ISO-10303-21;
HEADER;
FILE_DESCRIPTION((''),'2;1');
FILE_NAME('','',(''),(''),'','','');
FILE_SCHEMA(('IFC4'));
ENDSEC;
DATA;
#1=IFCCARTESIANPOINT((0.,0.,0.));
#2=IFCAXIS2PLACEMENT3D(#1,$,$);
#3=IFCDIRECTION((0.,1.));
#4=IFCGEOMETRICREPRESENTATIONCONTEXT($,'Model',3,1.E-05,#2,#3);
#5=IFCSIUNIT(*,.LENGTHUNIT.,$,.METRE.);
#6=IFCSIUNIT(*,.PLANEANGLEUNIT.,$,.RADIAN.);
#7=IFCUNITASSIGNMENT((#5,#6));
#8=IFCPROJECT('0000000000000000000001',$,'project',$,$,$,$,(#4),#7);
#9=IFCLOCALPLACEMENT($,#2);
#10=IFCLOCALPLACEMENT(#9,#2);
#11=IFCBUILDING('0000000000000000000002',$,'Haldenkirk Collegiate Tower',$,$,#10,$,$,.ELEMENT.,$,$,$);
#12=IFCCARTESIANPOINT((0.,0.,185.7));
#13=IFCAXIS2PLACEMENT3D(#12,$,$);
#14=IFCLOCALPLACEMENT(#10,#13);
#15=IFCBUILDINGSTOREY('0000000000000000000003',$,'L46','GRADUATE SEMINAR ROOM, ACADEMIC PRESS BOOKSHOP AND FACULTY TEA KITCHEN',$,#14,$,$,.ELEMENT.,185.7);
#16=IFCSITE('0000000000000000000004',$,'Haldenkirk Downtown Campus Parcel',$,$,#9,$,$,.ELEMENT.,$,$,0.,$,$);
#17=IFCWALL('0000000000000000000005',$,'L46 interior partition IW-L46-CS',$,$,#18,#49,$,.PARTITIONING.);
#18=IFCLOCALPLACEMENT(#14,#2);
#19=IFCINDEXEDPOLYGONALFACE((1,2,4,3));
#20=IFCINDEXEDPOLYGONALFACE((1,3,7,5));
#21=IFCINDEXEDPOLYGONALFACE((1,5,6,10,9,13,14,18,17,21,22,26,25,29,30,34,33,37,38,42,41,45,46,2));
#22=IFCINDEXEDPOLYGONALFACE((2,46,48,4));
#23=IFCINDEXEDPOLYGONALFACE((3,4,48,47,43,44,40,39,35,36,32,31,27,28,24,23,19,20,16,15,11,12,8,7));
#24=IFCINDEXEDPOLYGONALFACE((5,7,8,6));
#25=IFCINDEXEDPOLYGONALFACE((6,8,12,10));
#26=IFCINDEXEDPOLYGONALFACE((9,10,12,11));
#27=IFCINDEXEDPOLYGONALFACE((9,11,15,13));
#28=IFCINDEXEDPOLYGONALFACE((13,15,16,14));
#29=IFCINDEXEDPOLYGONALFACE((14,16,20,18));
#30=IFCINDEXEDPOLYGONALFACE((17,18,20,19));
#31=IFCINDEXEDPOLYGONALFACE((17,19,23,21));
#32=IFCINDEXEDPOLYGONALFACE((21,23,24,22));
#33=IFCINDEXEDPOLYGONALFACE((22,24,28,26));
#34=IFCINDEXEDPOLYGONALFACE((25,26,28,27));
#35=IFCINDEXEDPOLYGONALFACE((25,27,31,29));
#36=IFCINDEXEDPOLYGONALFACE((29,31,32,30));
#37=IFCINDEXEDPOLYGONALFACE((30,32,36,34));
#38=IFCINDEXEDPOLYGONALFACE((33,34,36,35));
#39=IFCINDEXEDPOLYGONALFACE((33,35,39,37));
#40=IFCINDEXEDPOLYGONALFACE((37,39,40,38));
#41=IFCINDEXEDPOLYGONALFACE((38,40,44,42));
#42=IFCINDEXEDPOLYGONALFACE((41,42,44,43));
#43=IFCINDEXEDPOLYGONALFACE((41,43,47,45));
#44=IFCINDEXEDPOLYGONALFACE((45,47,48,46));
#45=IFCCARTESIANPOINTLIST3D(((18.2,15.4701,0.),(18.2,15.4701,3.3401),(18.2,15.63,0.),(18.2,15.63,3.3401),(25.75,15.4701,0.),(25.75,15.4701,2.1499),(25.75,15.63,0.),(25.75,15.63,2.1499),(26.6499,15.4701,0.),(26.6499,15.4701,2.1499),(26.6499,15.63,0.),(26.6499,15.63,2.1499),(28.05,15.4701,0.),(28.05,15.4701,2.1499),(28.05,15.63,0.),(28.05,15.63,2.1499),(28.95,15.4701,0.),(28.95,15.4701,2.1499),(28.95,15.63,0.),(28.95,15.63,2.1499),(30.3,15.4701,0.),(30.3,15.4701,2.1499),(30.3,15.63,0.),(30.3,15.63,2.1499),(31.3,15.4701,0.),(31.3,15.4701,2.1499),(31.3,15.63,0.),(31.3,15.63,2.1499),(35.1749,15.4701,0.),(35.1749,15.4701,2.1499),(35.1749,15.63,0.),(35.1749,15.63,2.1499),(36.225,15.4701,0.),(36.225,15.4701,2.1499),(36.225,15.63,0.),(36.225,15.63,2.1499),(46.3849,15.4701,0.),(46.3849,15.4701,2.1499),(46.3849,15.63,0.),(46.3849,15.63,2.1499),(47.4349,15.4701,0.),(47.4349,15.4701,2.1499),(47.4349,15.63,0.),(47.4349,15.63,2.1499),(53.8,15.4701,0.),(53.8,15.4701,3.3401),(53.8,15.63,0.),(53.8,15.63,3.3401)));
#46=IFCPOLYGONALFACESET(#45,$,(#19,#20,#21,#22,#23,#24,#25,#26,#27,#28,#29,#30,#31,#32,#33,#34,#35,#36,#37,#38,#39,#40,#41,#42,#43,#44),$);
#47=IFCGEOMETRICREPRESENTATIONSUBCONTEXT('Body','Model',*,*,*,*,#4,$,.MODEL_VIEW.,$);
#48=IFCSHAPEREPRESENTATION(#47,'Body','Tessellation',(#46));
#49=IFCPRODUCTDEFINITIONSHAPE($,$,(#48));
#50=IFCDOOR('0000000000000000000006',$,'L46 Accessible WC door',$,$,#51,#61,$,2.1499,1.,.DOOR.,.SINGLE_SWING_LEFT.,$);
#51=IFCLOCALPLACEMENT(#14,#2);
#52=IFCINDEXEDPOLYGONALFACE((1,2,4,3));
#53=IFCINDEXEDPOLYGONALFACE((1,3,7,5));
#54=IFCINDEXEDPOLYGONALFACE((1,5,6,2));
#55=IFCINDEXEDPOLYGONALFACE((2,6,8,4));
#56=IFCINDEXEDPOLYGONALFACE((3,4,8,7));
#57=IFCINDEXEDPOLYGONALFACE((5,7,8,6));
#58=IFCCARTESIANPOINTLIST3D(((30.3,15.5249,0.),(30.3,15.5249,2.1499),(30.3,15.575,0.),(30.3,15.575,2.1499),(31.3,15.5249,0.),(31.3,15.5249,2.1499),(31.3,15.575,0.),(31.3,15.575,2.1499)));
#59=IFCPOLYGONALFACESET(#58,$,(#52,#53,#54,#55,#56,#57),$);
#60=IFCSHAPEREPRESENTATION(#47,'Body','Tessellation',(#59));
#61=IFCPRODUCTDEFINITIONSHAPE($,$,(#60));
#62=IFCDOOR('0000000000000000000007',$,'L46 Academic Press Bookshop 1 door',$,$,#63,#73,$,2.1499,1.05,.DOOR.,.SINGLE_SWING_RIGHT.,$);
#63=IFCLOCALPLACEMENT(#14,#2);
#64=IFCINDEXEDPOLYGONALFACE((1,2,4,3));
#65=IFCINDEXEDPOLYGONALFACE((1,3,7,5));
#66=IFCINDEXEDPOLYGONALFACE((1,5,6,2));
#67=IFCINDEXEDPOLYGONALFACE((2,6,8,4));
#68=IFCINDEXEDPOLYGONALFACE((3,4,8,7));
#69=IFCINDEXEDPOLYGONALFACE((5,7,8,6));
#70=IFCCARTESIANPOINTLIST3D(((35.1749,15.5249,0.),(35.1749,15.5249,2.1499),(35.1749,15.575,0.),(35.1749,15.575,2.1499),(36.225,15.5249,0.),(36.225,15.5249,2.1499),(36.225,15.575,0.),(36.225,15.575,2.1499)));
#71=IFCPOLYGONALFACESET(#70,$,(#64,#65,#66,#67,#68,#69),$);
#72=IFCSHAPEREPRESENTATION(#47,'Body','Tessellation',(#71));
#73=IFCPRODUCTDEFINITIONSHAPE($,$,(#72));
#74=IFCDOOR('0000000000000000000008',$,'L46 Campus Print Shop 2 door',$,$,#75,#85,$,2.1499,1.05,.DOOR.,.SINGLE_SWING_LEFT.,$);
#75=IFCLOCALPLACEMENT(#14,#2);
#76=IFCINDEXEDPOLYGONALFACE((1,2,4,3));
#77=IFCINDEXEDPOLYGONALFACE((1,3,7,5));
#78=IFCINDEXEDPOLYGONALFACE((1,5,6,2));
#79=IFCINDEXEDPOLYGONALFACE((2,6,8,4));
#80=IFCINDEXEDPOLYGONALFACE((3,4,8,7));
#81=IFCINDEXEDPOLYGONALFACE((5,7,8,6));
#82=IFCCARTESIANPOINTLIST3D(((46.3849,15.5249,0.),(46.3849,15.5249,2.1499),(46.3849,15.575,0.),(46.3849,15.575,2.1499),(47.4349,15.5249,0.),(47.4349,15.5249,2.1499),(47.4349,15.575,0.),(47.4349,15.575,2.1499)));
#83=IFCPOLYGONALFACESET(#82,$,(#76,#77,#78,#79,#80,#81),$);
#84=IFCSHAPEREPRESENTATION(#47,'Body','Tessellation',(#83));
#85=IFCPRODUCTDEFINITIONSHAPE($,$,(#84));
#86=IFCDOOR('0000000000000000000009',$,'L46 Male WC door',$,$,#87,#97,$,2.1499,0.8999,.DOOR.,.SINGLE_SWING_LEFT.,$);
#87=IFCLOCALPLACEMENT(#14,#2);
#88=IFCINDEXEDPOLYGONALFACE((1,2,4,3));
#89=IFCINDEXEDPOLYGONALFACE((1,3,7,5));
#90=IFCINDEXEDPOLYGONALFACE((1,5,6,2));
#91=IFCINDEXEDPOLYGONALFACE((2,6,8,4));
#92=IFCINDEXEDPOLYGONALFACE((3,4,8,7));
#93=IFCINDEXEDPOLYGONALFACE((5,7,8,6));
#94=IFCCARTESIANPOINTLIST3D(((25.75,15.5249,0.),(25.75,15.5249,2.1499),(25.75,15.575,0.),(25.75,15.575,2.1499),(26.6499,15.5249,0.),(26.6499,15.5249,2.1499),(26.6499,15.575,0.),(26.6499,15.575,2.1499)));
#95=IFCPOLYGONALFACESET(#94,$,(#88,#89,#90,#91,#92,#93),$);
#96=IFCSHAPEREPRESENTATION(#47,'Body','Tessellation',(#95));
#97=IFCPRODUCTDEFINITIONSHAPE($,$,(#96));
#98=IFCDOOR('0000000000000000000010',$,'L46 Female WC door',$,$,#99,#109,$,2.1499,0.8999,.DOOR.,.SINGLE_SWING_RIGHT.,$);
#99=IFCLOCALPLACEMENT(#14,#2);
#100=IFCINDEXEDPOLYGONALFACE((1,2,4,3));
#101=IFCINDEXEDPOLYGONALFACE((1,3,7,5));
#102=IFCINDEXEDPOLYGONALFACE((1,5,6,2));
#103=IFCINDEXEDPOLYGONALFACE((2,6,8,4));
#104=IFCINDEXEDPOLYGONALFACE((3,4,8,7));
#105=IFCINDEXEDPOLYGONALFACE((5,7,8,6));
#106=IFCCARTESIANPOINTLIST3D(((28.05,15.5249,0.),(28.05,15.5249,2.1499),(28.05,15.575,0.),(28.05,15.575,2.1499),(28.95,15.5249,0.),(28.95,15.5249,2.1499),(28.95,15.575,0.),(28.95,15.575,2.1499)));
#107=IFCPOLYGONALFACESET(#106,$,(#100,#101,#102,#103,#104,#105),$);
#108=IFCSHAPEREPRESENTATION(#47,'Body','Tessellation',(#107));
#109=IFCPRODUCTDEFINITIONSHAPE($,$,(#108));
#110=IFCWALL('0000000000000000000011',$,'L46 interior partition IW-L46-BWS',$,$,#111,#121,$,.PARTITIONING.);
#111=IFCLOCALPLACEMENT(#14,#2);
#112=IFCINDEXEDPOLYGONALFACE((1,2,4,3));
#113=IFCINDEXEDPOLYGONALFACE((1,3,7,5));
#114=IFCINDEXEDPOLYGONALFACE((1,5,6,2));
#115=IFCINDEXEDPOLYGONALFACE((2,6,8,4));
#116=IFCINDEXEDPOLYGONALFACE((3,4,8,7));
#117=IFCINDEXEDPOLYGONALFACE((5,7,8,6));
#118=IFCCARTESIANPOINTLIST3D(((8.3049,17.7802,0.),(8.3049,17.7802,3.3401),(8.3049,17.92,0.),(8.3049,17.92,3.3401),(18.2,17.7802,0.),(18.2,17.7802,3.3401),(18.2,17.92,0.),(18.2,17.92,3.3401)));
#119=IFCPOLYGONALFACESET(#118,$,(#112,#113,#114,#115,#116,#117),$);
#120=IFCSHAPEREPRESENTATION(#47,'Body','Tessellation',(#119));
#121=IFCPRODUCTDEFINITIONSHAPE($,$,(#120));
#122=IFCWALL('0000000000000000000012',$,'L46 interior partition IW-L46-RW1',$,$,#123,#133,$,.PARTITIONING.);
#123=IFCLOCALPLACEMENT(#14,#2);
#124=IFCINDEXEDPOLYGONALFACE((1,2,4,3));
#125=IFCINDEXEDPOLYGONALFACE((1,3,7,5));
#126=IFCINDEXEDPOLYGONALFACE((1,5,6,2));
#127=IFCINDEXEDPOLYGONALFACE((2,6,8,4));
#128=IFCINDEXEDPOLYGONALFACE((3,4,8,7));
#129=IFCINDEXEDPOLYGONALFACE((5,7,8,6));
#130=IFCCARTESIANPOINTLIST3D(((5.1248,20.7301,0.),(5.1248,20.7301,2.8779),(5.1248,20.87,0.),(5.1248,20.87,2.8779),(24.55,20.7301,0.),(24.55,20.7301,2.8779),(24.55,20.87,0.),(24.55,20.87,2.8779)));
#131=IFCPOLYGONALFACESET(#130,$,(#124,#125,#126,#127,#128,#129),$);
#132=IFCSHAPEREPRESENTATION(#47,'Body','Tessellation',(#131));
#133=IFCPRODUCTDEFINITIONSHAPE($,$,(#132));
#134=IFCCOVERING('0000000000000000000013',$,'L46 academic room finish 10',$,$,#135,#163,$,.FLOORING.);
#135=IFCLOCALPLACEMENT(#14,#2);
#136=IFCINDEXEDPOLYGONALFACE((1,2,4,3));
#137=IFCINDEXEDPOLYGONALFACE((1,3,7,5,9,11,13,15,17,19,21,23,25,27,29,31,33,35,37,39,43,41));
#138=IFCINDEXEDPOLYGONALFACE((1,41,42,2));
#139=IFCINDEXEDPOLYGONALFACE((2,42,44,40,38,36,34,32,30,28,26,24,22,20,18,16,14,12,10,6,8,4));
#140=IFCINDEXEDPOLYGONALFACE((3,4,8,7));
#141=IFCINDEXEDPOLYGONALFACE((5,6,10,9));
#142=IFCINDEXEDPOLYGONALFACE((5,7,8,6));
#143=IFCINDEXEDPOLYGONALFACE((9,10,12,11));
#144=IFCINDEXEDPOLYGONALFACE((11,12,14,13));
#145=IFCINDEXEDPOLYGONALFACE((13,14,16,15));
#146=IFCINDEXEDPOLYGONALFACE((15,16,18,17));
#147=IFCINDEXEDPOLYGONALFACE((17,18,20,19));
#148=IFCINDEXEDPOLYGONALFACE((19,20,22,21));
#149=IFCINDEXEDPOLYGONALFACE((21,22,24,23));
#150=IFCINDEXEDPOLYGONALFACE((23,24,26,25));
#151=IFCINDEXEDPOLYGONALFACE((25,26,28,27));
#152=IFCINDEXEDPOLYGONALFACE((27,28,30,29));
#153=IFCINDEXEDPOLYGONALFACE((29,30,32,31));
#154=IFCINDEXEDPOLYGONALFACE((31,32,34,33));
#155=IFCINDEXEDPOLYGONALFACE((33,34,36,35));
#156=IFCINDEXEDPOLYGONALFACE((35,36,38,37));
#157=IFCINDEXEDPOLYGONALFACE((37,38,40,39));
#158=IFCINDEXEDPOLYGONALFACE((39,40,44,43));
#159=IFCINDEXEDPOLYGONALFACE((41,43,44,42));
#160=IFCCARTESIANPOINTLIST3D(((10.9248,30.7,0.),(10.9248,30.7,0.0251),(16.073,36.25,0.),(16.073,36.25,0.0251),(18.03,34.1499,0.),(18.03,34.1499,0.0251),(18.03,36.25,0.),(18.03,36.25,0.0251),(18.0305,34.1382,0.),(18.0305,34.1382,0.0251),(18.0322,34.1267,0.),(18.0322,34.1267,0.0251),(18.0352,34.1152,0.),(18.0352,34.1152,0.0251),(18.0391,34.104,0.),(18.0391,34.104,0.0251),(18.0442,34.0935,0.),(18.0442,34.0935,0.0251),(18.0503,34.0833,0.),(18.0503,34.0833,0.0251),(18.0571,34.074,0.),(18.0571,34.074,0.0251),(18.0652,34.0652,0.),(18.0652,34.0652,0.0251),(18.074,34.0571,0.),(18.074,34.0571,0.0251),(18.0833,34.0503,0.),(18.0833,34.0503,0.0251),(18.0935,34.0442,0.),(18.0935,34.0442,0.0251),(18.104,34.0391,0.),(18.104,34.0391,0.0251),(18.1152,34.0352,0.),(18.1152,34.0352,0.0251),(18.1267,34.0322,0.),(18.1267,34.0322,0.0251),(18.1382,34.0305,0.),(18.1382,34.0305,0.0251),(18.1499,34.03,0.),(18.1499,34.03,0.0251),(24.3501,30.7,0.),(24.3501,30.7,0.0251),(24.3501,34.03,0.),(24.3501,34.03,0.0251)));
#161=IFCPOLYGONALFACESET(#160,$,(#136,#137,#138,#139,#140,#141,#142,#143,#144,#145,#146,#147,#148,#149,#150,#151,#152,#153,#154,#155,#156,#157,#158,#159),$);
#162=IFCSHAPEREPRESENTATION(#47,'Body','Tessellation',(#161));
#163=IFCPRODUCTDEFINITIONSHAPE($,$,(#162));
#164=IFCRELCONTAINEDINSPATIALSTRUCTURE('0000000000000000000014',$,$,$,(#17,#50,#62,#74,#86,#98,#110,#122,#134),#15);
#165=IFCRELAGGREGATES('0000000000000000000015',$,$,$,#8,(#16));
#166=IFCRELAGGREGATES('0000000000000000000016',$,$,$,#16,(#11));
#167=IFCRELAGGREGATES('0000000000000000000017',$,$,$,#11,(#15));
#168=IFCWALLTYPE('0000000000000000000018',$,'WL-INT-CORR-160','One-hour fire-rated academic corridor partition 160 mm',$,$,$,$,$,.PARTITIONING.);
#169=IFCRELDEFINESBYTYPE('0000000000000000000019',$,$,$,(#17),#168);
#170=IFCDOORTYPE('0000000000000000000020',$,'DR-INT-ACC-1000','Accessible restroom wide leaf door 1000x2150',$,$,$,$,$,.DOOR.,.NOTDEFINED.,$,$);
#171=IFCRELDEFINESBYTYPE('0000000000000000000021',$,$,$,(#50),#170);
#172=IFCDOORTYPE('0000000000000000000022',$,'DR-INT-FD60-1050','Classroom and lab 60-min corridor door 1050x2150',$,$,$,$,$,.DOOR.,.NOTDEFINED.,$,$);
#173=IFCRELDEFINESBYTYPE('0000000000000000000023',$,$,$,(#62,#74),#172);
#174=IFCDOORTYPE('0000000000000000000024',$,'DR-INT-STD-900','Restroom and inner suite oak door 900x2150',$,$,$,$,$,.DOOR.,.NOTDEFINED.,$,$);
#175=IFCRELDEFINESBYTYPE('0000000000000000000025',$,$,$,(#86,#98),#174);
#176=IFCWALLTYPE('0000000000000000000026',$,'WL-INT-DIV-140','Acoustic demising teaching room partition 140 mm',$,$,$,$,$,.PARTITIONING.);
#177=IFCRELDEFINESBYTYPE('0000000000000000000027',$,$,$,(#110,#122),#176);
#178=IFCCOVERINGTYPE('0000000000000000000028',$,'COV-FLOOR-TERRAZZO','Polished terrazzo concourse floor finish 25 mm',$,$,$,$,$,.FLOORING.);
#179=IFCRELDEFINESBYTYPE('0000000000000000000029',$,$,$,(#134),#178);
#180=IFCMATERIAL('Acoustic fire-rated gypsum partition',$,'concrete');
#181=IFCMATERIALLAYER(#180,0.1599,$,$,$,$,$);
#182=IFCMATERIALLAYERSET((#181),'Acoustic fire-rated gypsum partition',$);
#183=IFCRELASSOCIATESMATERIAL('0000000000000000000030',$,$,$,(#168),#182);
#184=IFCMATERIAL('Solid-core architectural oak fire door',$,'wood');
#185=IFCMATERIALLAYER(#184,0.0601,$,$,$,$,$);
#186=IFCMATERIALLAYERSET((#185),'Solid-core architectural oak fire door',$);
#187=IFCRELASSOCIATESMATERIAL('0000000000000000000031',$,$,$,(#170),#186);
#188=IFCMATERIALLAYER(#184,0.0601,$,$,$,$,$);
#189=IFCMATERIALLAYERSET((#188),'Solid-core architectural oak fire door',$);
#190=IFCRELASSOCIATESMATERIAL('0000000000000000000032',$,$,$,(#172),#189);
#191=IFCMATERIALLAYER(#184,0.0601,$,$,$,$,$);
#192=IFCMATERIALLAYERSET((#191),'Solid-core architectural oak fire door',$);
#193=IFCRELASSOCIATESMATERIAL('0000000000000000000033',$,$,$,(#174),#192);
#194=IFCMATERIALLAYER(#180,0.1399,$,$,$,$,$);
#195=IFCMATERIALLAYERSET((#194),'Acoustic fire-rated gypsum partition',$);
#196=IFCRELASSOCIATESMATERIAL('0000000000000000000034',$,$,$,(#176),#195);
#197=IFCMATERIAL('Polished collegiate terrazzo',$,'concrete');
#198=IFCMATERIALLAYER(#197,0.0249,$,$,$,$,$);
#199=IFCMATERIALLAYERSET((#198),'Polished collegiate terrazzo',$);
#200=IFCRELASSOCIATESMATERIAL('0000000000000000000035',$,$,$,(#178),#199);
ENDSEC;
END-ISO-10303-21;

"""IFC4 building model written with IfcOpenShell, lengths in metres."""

from ifc_helpers import new_model, si_unit, direction, frame, frame_2d, origin, place, context, subcontext, project, spatial, polyline, rectangle, outline, extrude, material, layer, layer_set, type_object, element, fill, save


model = new_model("IFC4")

# Units and contexts
model_context = context("Model", 3, precision=1e-05, world=origin(), true_north=direction((0.0, 1.0)))
body_context = subcontext(model_context, "Body", "Model", "MODEL_VIEW")
ifc_project = project(units=[si_unit("LENGTHUNIT", "METRE"), si_unit("PLANEANGLEUNIT", "RADIAN")], contexts=[model_context])

# Site, building, storey
site_placement = place(None, origin())
site = spatial("IfcSite", under=ifc_project, at=site_placement, Name="Haldenkirk Downtown Campus Parcel", CompositionType="ELEMENT", RefElevation=0.0)
building_placement = place(site_placement, origin())
building = spatial("IfcBuilding", under=site, at=building_placement, Name="Haldenkirk Collegiate Tower", CompositionType="ELEMENT")
storey_placement = place(building_placement, frame((0.0, 0.0, 185.7)))
storey = spatial("IfcBuildingStorey", under=building, at=storey_placement, Name="L46", Description="GRADUATE SEMINAR ROOM, ACADEMIC PRESS BOOKSHOP AND FACULTY TEA KITCHEN", CompositionType="ELEMENT", Elevation=185.7)

# Wall, openings, doors
ifc_material_1 = material(Name="Acoustic fire-rated gypsum partition", Category="concrete")
ifc_layer_1 = layer(ifc_material_1, 0.1599)
ifc_layer_set_1 = layer_set([ifc_layer_1], Name="Acoustic fire-rated gypsum partition")
wall_type_1 = type_object("IfcWallType", Name="WL-INT-CORR-160", Description="One-hour fire-rated academic corridor partition 160 mm", PredefinedType="PARTITIONING", material=ifc_layer_set_1)
wall_1_placement = place(storey_placement, frame((18.2, 15.55, 0.0), z_axis=(0.0, 0.0, 1.0), x_axis=(1.0, 0.0, 0.0)))
wall_1 = element("IfcWall", 1, at=wall_1_placement, inside=storey, type_object=wall_type_1, Name="L46 interior partition IW-L46-CS", PredefinedType="PARTITIONING", context=body_context, shape_type="SweptSolid", body=[
    extrude(rectangle(XDim=35.6001, YDim=0.1599, at=frame_2d((17.8, 0.0))), origin(), (0.0, 0.0, 1.0), 3.3401),
])
opening_1_placement = place(wall_1_placement, frame((7.55, 0.0, 0.0)))
opening_1 = element("IfcOpeningElement", 2, at=opening_1_placement, cuts=wall_1, PredefinedType="OPENING", context=body_context, shape_type="SweptSolid", body=[
    extrude(rectangle(XDim=0.8999, YDim=2.1499, at=frame_2d((0.45, 1.075))), frame((0.0, 0.0898, 0.0), z_axis=(0.0, -1.0, 0.0), x_axis=(1.0, 0.0, 0.0)), (0.0, 0.0, 1.0), 0.1799),
])
opening_2_placement = place(wall_1_placement, frame((9.8501, 0.0, 0.0)))
opening_2 = element("IfcOpeningElement", 3, at=opening_2_placement, cuts=wall_1, PredefinedType="OPENING", context=body_context, shape_type="SweptSolid", body=[
    extrude(rectangle(XDim=0.8999, YDim=2.1499, at=frame_2d((0.45, 1.075))), frame((0.0, 0.0898, 0.0), z_axis=(0.0, -1.0, 0.0), x_axis=(1.0, 0.0, 0.0)), (0.0, 0.0, 1.0), 0.1799),
])
opening_3_placement = place(wall_1_placement, frame((12.1001, 0.0, 0.0)))
opening_3 = element("IfcOpeningElement", 4, at=opening_3_placement, cuts=wall_1, PredefinedType="OPENING", context=body_context, shape_type="SweptSolid", body=[
    extrude(rectangle(XDim=1.0, YDim=2.1499, at=frame_2d((0.5, 1.075))), frame((0.0, 0.0898, 0.0), z_axis=(0.0, -1.0, 0.0), x_axis=(1.0, 0.0, 0.0)), (0.0, 0.0, 1.0), 0.1799),
])
opening_4_placement = place(wall_1_placement, frame((16.9751, 0.0, 0.0)))
opening_4 = element("IfcOpeningElement", 5, at=opening_4_placement, cuts=wall_1, PredefinedType="OPENING", context=body_context, shape_type="SweptSolid", body=[
    extrude(rectangle(XDim=1.05, YDim=2.1499, at=frame_2d((0.5249, 1.075))), frame((0.0, 0.0898, 0.0), z_axis=(0.0, -1.0, 0.0), x_axis=(1.0, 0.0, 0.0)), (0.0, 0.0, 1.0), 0.1799),
])
opening_5_placement = place(wall_1_placement, frame((28.1851, 0.0, 0.0)))
opening_5 = element("IfcOpeningElement", 6, at=opening_5_placement, cuts=wall_1, PredefinedType="OPENING", context=body_context, shape_type="SweptSolid", body=[
    extrude(rectangle(XDim=1.05, YDim=2.1499, at=frame_2d((0.5249, 1.075))), frame((0.0, 0.0898, 0.0), z_axis=(0.0, -1.0, 0.0), x_axis=(1.0, 0.0, 0.0)), (0.0, 0.0, 1.0), 0.1799),
])
ifc_material_2 = material(Name="Solid-core architectural oak fire door", Category="wood")
ifc_layer_2 = layer(ifc_material_2, 0.0601)
ifc_layer_set_2 = layer_set([ifc_layer_2], Name="Solid-core architectural oak fire door")
door_type_1 = type_object("IfcDoorType", Name="DR-INT-ACC-1000", Description="Accessible restroom wide leaf door 1000x2150", OperationType="NOTDEFINED", PredefinedType="DOOR", material=ifc_layer_set_2)
door_1_placement = place(opening_3_placement, origin())
door_1 = element("IfcDoor", 7, at=door_1_placement, inside=storey, type_object=door_type_1, Name="L46 Accessible WC door", OperationType="SINGLE_SWING_LEFT", OverallHeight=2.1499, OverallWidth=1.0, PredefinedType="DOOR", context=body_context, shape_type="SweptSolid", body=[
    extrude(rectangle(XDim=1.0, YDim=2.1499, at=frame_2d((0.5, 1.075))), frame((0.0, 0.0249, 0.0), z_axis=(0.0, -1.0, 0.0), x_axis=(1.0, 0.0, 0.0)), (0.0, 0.0, 1.0), 0.05),
])
fill(opening_3, door_1)
ifc_layer_3 = layer(ifc_material_2, 0.0601)
ifc_layer_set_3 = layer_set([ifc_layer_3], Name="Solid-core architectural oak fire door")
door_type_2 = type_object("IfcDoorType", Name="DR-INT-FD60-1050", Description="Classroom and lab 60-min corridor door 1050x2150", OperationType="NOTDEFINED", PredefinedType="DOOR", material=ifc_layer_set_3)
door_2_placement = place(opening_4_placement, origin())
door_2 = element("IfcDoor", 8, at=door_2_placement, inside=storey, type_object=door_type_2, Name="L46 Academic Press Bookshop 1 door", OperationType="SINGLE_SWING_RIGHT", OverallHeight=2.1499, OverallWidth=1.05, PredefinedType="DOOR", context=body_context, shape_type="SweptSolid", body=[
    extrude(rectangle(XDim=1.05, YDim=2.1499, at=frame_2d((0.5249, 1.075))), frame((0.0, 0.0249, 0.0), z_axis=(0.0, -1.0, 0.0), x_axis=(1.0, 0.0, 0.0)), (0.0, 0.0, 1.0), 0.05),
])
fill(opening_4, door_2)
door_3_placement = place(opening_5_placement, origin())
door_3 = element("IfcDoor", 9, at=door_3_placement, inside=storey, type_object=door_type_2, Name="L46 Campus Print Shop 2 door", OperationType="SINGLE_SWING_LEFT", OverallHeight=2.1499, OverallWidth=1.05, PredefinedType="DOOR", context=body_context, shape_type="SweptSolid", body=[
    extrude(rectangle(XDim=1.05, YDim=2.1499, at=frame_2d((0.5249, 1.075))), frame((0.0, 0.0249, 0.0), z_axis=(0.0, -1.0, 0.0), x_axis=(1.0, 0.0, 0.0)), (0.0, 0.0, 1.0), 0.05),
])
fill(opening_5, door_3)
ifc_layer_4 = layer(ifc_material_2, 0.0601)
ifc_layer_set_4 = layer_set([ifc_layer_4], Name="Solid-core architectural oak fire door")
door_type_3 = type_object("IfcDoorType", Name="DR-INT-STD-900", Description="Restroom and inner suite oak door 900x2150", OperationType="NOTDEFINED", PredefinedType="DOOR", material=ifc_layer_set_4)
door_4_placement = place(opening_1_placement, origin())
door_4 = element("IfcDoor", 10, at=door_4_placement, inside=storey, type_object=door_type_3, Name="L46 Male WC door", OperationType="SINGLE_SWING_LEFT", OverallHeight=2.1499, OverallWidth=0.8999, PredefinedType="DOOR", context=body_context, shape_type="SweptSolid", body=[
    extrude(rectangle(XDim=0.8999, YDim=2.1499, at=frame_2d((0.45, 1.075))), frame((0.0, 0.0249, 0.0), z_axis=(0.0, -1.0, 0.0), x_axis=(1.0, 0.0, 0.0)), (0.0, 0.0, 1.0), 0.05),
])
fill(opening_1, door_4)
door_5_placement = place(opening_2_placement, origin())
door_5 = element("IfcDoor", 11, at=door_5_placement, inside=storey, type_object=door_type_3, Name="L46 Female WC door", OperationType="SINGLE_SWING_RIGHT", OverallHeight=2.1499, OverallWidth=0.8999, PredefinedType="DOOR", context=body_context, shape_type="SweptSolid", body=[
    extrude(rectangle(XDim=0.8999, YDim=2.1499, at=frame_2d((0.45, 1.075))), frame((0.0, 0.0249, 0.0), z_axis=(0.0, -1.0, 0.0), x_axis=(1.0, 0.0, 0.0)), (0.0, 0.0, 1.0), 0.05),
])
fill(opening_2, door_5)

# Walls
ifc_layer_5 = layer(ifc_material_1, 0.1399)
ifc_layer_set_5 = layer_set([ifc_layer_5], Name="Acoustic fire-rated gypsum partition")
wall_type_2 = type_object("IfcWallType", Name="WL-INT-DIV-140", Description="Acoustic demising teaching room partition 140 mm", PredefinedType="PARTITIONING", material=ifc_layer_set_5)
wall_2_placement = place(storey_placement, frame((8.3049, 17.8501, 0.0), z_axis=(0.0, 0.0, 1.0), x_axis=(1.0, 0.0, 0.0)))
element("IfcWall", 12, at=wall_2_placement, inside=storey, type_object=wall_type_2, Name="L46 interior partition IW-L46-BWS", PredefinedType="PARTITIONING", context=body_context, shape_type="SweptSolid", body=[
    extrude(rectangle(XDim=9.895, YDim=0.1399, at=frame_2d((4.9475, 0.0))), origin(), (0.0, 0.0, 1.0), 3.3401),
])
wall_3_placement = place(storey_placement, frame((5.1248, 20.8, 0.0), z_axis=(0.0, 0.0, 1.0), x_axis=(1.0, 0.0, 0.0)))
element("IfcWall", 13, at=wall_3_placement, inside=storey, type_object=wall_type_2, Name="L46 interior partition IW-L46-RW1", PredefinedType="PARTITIONING", context=body_context, shape_type="SweptSolid", body=[
    extrude(rectangle(XDim=19.4253, YDim=0.1399, at=frame_2d((9.7126, 0.0))), origin(), (0.0, 0.0, 1.0), 2.8779),
])

# Covering
ifc_material_3 = material(Name="Polished collegiate terrazzo", Category="concrete")
ifc_layer_6 = layer(ifc_material_3, 0.0249)
ifc_layer_set_6 = layer_set([ifc_layer_6], Name="Polished collegiate terrazzo")
covering_type_1 = type_object("IfcCoveringType", Name="COV-FLOOR-TERRAZZO", Description="Polished terrazzo concourse floor finish 25 mm", PredefinedType="FLOORING", material=ifc_layer_set_6)
covering_1_placement = place(storey_placement, origin())
element("IfcCovering", 14, at=covering_1_placement, inside=storey, type_object=covering_type_1, Name="L46 academic room finish 10", PredefinedType="FLOORING", context=body_context, shape_type="SweptSolid", body=[
    extrude(outline(polyline([(16.073, 36.25), (18.03, 36.25), (18.03, 34.1499), (18.0305, 34.1382), (18.0322, 34.1267), (18.0352, 34.1152), (18.0391, 34.104), (18.0442, 34.0935), (18.0503, 34.0833), (18.0571, 34.074), (18.0652, 34.0652), (18.074, 34.0571), (18.0833, 34.0503), (18.0935, 34.0442), (18.104, 34.0391), (18.1152, 34.0352), (18.1267, 34.0322), (18.1382, 34.0305), (18.1499, 34.03), (24.3501, 34.03), (24.3501, 30.7), (10.9248, 30.7), (16.073, 36.25)])), origin(), (0.0, 0.0, 1.0), 0.0251),
])

save(model, "model.ifc")
